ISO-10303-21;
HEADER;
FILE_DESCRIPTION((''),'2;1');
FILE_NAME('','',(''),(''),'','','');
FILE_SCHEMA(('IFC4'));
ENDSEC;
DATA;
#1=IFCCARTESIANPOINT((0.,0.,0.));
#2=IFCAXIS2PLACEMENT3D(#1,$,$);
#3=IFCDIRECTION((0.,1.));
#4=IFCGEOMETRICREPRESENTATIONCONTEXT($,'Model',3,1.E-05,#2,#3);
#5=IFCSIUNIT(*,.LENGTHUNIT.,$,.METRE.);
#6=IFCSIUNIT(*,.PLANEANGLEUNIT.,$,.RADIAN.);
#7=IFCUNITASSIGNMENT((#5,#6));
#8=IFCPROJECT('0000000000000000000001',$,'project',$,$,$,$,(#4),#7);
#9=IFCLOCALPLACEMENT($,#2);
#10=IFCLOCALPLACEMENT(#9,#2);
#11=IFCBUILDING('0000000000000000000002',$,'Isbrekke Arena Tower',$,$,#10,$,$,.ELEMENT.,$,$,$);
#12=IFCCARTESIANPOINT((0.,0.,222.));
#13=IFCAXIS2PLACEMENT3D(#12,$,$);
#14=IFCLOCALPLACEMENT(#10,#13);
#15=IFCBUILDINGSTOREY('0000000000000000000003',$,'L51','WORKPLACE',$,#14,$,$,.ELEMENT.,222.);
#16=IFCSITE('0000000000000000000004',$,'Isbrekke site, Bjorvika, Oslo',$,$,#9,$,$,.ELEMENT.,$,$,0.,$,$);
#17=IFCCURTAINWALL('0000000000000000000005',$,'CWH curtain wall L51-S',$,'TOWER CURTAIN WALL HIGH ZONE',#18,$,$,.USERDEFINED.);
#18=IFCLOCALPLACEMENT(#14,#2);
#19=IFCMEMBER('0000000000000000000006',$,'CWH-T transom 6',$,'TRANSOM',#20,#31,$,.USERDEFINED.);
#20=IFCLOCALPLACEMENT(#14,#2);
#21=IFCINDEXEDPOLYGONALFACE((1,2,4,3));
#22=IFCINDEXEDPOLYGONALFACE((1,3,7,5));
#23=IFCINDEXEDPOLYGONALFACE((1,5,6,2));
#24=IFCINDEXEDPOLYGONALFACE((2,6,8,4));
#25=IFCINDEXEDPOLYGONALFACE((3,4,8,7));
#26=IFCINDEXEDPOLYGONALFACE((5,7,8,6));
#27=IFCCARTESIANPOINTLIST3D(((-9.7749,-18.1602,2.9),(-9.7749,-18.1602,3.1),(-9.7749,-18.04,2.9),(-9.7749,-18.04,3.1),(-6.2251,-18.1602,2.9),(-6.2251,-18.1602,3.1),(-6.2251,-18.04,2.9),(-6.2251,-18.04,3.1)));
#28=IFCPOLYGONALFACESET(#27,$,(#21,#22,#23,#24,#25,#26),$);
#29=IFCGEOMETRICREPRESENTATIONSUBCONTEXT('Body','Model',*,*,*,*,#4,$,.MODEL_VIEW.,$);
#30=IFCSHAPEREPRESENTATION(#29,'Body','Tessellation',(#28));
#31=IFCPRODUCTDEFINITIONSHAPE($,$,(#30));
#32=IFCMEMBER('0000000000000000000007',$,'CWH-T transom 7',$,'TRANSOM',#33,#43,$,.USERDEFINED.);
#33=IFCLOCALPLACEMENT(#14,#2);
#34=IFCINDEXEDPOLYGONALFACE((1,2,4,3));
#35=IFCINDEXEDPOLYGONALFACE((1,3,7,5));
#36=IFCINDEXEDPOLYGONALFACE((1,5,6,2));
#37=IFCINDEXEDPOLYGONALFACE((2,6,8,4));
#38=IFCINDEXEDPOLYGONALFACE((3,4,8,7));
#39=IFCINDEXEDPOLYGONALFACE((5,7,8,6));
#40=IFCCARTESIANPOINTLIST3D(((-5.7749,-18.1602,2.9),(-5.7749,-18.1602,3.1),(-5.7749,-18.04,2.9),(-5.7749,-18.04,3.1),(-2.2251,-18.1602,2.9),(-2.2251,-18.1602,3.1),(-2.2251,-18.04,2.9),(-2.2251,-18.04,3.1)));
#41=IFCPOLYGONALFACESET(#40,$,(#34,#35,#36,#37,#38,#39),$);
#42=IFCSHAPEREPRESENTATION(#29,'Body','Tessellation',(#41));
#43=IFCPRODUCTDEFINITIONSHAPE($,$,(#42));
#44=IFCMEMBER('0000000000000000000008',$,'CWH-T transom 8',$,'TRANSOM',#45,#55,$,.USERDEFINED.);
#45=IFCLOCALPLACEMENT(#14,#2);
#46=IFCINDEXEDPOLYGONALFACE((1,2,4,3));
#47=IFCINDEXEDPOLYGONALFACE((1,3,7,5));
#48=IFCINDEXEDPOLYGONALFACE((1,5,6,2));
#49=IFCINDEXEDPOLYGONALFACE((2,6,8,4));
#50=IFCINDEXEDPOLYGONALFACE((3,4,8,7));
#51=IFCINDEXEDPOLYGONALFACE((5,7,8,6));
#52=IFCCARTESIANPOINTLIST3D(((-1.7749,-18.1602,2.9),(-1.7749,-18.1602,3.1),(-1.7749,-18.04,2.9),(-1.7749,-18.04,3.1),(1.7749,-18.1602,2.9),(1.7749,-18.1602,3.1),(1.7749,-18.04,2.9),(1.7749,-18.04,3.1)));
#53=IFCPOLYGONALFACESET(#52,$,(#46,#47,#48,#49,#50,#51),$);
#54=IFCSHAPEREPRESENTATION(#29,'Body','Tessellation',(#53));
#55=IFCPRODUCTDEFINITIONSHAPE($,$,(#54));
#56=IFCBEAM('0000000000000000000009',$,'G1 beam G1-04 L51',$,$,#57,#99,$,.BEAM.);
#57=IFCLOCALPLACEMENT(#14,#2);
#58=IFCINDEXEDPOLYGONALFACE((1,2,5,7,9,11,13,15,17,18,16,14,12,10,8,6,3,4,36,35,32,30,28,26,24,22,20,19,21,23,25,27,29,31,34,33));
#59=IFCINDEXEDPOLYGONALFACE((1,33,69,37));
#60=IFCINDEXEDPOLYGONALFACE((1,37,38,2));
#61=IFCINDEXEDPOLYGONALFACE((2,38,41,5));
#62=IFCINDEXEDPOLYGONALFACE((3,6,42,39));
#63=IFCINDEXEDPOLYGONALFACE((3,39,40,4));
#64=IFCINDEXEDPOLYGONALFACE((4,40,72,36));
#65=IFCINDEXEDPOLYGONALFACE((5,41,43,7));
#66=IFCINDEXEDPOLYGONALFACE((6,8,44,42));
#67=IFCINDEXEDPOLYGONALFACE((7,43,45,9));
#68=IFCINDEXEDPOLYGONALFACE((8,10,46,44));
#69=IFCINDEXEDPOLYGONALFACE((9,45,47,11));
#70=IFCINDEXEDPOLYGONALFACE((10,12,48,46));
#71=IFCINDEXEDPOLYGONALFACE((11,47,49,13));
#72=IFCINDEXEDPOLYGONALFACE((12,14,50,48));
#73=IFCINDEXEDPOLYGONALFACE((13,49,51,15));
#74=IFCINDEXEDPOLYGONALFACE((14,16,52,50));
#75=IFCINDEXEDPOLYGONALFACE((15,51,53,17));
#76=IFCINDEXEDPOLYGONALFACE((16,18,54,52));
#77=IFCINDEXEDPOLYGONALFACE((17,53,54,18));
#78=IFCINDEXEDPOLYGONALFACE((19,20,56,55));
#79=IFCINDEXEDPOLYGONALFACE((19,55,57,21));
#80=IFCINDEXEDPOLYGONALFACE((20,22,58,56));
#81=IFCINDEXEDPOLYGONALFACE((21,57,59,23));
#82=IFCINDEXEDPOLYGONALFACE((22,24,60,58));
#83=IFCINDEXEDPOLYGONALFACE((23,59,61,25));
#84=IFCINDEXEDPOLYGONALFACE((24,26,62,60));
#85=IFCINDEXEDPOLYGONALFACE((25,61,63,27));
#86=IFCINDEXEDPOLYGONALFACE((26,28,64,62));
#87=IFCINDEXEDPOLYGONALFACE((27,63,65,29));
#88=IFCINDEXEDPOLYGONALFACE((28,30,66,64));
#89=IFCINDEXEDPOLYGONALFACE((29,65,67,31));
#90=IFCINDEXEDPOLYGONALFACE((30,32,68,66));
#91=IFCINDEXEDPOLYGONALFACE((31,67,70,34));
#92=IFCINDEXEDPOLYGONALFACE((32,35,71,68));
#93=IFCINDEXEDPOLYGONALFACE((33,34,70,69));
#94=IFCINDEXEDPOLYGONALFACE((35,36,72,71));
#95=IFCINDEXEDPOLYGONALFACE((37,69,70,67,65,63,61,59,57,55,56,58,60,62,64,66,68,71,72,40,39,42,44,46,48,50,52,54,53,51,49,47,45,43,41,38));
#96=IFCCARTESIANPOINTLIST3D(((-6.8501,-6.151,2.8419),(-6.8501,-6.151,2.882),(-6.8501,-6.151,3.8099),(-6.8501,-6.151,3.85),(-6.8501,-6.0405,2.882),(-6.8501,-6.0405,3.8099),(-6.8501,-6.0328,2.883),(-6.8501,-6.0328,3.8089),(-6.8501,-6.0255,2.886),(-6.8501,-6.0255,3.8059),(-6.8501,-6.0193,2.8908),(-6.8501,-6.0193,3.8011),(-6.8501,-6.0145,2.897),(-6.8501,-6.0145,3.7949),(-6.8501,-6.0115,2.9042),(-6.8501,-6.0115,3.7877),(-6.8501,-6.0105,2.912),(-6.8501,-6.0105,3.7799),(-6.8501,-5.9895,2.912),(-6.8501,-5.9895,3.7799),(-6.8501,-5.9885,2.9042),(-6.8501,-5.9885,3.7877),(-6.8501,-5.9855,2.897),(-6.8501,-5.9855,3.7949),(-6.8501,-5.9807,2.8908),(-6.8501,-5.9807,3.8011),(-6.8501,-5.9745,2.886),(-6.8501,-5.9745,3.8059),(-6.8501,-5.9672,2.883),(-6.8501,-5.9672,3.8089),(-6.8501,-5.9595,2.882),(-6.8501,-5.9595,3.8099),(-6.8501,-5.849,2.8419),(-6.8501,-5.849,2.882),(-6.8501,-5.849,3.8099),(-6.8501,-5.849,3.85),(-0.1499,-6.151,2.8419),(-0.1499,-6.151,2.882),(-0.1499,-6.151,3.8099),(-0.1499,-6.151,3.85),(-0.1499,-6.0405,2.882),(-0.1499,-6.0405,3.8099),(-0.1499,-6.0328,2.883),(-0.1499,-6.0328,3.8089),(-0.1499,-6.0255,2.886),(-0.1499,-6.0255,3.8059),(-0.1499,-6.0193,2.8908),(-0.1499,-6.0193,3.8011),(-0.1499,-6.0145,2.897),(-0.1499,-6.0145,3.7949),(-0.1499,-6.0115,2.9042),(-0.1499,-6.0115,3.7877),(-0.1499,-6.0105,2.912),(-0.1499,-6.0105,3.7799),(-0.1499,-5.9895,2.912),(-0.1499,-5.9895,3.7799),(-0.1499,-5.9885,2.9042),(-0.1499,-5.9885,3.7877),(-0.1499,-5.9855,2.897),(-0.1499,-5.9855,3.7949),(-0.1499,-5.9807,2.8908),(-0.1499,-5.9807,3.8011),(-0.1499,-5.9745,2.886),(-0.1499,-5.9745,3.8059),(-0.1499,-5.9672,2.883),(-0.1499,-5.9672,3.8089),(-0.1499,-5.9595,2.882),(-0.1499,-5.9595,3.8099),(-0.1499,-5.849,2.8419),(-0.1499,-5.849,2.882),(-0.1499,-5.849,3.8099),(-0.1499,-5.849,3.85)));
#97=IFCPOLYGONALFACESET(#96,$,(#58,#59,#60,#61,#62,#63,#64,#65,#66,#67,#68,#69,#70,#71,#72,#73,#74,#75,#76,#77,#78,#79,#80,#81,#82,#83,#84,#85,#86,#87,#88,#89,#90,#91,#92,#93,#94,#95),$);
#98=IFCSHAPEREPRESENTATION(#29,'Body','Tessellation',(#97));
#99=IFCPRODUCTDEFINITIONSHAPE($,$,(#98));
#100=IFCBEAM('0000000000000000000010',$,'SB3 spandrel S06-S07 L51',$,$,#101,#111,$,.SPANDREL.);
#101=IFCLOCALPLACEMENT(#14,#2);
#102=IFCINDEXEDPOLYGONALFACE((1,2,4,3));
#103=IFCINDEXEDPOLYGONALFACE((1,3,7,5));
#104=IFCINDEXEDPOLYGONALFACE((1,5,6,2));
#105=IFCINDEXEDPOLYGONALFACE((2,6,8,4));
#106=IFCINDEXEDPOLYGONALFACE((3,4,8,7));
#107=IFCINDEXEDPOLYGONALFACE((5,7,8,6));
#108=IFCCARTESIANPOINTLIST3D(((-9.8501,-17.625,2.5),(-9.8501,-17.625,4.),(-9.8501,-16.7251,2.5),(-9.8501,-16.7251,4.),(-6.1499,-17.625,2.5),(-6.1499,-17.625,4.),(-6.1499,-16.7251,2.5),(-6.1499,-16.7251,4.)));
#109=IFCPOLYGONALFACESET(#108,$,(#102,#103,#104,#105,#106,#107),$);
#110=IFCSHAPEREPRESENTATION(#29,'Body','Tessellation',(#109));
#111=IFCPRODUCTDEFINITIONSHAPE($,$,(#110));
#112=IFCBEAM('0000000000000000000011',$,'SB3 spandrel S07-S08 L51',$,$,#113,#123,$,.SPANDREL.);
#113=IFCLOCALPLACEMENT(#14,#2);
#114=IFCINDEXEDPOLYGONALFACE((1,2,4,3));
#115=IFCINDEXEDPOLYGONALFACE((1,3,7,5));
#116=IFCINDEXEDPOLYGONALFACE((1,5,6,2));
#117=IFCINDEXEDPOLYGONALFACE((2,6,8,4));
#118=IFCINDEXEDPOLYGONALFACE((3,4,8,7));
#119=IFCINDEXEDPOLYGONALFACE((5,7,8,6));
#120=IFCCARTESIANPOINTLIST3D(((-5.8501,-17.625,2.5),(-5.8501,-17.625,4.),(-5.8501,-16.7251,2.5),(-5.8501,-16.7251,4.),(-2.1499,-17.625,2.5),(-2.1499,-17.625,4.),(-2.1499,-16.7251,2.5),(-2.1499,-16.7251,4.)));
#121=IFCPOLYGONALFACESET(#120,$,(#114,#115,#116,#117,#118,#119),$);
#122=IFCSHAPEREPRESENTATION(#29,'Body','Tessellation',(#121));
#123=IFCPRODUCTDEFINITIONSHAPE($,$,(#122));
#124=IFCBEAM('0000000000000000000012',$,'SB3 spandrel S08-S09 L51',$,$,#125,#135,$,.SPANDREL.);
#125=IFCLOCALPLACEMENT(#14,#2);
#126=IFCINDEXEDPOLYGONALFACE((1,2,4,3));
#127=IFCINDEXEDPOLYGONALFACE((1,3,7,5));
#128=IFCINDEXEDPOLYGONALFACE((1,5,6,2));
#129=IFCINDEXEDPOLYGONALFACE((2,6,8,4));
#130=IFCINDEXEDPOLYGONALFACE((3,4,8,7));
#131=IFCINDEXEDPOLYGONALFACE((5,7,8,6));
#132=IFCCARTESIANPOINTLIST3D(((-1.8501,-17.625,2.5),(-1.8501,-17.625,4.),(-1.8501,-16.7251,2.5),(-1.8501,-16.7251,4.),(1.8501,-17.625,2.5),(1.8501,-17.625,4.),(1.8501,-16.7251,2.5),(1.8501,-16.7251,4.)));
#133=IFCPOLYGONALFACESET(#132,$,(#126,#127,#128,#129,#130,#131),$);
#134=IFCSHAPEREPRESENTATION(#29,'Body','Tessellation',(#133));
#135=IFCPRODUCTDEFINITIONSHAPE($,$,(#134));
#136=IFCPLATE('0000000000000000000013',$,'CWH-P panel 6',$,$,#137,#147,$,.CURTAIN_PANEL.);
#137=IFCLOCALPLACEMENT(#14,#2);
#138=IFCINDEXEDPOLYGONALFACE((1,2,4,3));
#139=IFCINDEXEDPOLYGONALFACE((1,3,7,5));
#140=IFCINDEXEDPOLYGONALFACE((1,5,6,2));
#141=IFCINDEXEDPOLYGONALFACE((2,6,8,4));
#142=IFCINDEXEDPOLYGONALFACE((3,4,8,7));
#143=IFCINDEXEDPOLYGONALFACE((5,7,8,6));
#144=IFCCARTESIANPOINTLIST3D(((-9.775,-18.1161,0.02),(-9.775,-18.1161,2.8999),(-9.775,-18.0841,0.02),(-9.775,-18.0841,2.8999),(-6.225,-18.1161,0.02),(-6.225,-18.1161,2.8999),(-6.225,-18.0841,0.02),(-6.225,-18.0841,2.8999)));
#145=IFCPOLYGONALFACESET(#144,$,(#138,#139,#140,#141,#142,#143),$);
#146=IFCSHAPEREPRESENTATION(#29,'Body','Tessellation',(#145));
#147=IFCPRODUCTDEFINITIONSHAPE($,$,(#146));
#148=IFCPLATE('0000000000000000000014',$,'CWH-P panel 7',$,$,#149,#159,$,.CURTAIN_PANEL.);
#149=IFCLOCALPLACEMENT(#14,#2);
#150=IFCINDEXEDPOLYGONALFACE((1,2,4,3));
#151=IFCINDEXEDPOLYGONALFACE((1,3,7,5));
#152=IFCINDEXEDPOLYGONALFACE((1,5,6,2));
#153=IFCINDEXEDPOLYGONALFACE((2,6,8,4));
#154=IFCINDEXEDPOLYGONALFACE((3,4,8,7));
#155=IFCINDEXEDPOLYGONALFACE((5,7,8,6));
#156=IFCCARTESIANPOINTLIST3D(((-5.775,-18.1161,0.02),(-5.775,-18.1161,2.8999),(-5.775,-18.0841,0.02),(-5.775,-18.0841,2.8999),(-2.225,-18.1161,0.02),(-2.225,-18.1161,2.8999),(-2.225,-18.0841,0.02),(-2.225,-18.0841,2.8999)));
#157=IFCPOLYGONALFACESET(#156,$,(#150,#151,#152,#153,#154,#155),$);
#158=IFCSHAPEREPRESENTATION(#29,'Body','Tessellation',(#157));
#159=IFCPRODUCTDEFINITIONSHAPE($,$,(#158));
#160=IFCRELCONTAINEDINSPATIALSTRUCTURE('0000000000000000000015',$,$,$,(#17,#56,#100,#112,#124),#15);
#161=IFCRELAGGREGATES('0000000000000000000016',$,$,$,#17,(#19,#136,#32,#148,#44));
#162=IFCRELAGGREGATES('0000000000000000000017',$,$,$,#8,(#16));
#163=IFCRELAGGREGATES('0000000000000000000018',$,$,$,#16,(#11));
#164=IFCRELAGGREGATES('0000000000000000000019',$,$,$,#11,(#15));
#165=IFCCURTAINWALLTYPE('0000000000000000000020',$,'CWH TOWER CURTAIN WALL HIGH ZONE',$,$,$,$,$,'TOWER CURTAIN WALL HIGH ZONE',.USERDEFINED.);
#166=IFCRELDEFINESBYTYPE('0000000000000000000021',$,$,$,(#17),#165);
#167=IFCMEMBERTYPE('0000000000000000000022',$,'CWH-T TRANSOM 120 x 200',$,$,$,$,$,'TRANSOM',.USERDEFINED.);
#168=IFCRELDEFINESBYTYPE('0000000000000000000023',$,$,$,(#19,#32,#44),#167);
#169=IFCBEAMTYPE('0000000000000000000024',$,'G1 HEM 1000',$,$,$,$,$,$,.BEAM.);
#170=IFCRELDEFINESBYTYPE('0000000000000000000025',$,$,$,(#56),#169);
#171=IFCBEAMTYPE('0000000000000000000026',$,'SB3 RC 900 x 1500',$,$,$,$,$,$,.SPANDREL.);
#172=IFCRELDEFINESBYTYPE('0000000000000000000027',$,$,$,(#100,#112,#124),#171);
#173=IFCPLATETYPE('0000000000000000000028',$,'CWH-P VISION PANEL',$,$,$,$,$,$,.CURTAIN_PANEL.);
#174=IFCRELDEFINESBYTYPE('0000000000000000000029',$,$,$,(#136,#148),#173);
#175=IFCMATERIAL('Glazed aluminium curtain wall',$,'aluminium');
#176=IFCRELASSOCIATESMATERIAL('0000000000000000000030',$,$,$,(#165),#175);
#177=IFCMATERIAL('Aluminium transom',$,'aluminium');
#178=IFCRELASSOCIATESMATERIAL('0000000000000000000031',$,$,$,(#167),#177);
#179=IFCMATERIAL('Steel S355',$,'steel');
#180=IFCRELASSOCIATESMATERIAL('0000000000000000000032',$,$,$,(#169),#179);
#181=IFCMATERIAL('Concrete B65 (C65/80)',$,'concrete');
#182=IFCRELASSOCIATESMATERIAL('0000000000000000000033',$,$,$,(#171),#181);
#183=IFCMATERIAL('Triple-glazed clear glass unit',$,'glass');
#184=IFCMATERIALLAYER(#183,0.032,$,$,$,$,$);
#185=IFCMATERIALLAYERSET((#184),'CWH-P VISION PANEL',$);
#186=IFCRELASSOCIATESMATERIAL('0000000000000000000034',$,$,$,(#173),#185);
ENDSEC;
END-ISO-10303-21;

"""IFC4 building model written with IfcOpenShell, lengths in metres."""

from ifc_helpers import new_model, si_unit, direction, frame, origin, origin_2d, place, context, subcontext, project, spatial, rectangle, i_section, extrude, material, layer, layer_set, material_profile, profile_set, type_object, element, aggregate, save


model = new_model("IFC4")

# Units and contexts
model_context = context("Model", 3, precision=1e-05, world=origin(), true_north=direction((0.0, 1.0)))
body_context = subcontext(model_context, "Body", "Model", "MODEL_VIEW")
ifc_project = project(units=[si_unit("LENGTHUNIT", "METRE"), si_unit("PLANEANGLEUNIT", "RADIAN")], contexts=[model_context])

# Site, building, storey
site_placement = place(None, origin())
site = spatial("IfcSite", under=ifc_project, at=site_placement, Name="Isbrekke site, Bjorvika, Oslo", CompositionType="ELEMENT", RefElevation=0.0)
building_placement = place(site_placement, origin())
building = spatial("IfcBuilding", under=site, at=building_placement, Name="Isbrekke Arena Tower", CompositionType="ELEMENT")
storey_placement = place(building_placement, frame((0.0, 0.0, 222.0)))
storey = spatial("IfcBuildingStorey", under=building, at=storey_placement, Name="L51", Description="WORKPLACE", CompositionType="ELEMENT", Elevation=222.0)

# Curtain wall, members
ifc_material_1 = material(Name="Glazed aluminium curtain wall", Category="aluminium")
curtain_wall_type = type_object("IfcCurtainWallType", Name="CWH TOWER CURTAIN WALL HIGH ZONE", ElementType="TOWER CURTAIN WALL HIGH ZONE", PredefinedType="USERDEFINED", material=ifc_material_1)
curtain_wall_placement = place(storey_placement, origin())
curtain_wall = element("IfcCurtainWall", 1, at=curtain_wall_placement, inside=storey, type_object=curtain_wall_type, Name="CWH curtain wall L51-S", ObjectType="TOWER CURTAIN WALL HIGH ZONE", PredefinedType="USERDEFINED")
ifc_material_2 = material(Name="Aluminium transom", Category="aluminium")
ifc_material_profile_1 = material_profile(ifc_material_2, rectangle(XDim=0.1201, YDim=0.2, at=origin_2d()), Name="TRANSOM 120X200")
ifc_profile_set_1 = profile_set([ifc_material_profile_1], Name="Aluminium transom")
member_type_1 = type_object("IfcMemberType", Name="CWH-T TRANSOM 120 x 200", ElementType="TRANSOM", PredefinedType="USERDEFINED", material=ifc_profile_set_1)
member_1_placement = place(storey_placement, frame((-9.7749, -18.1001, 3.0), z_axis=(1.0, 0.0, 0.0), x_axis=(0.0, 1.0, 0.0)))
member_1 = element("IfcMember", 2, at=member_1_placement, type_object=member_type_1, Name="CWH-T transom 6", ObjectType="TRANSOM", PredefinedType="USERDEFINED", context=body_context, shape_type="SweptSolid", body=[
    extrude(rectangle(XDim=0.1201, YDim=0.2, at=origin_2d()), origin(), (0.0, 0.0, 1.0), 3.5498),
])
member_2_placement = place(storey_placement, frame((-5.7749, -18.1001, 3.0), z_axis=(1.0, 0.0, 0.0), x_axis=(0.0, 1.0, 0.0)))
member_2 = element("IfcMember", 3, at=member_2_placement, type_object=member_type_1, Name="CWH-T transom 7", ObjectType="TRANSOM", PredefinedType="USERDEFINED", context=body_context, shape_type="SweptSolid", body=[
    extrude(rectangle(XDim=0.1201, YDim=0.2, at=origin_2d()), origin(), (0.0, 0.0, 1.0), 3.5498),
])
member_3_placement = place(storey_placement, frame((-1.7749, -18.1001, 3.0), z_axis=(1.0, 0.0, 0.0), x_axis=(0.0, 1.0, 0.0)))
member_3 = element("IfcMember", 4, at=member_3_placement, type_object=member_type_1, Name="CWH-T transom 8", ObjectType="TRANSOM", PredefinedType="USERDEFINED", context=body_context, shape_type="SweptSolid", body=[
    extrude(rectangle(XDim=0.1201, YDim=0.2, at=origin_2d()), origin(), (0.0, 0.0, 1.0), 3.5498),
])

# Beams
ifc_material_3 = material(Name="Steel S355", Category="steel")
ifc_material_profile_2 = material_profile(ifc_material_3, i_section(OverallWidth=0.302, OverallDepth=1.0081, WebThickness=0.021, FlangeThickness=0.04, FilletRadius=0.03, at=origin_2d()), Name="HEM 1000")
ifc_profile_set_2 = profile_set([ifc_material_profile_2], Name="Steel S355")
beam_type_1 = type_object("IfcBeamType", Name="G1 HEM 1000", PredefinedType="BEAM", material=ifc_profile_set_2)
beam_1_placement = place(storey_placement, frame((-6.8501, -6.0, 3.3459), z_axis=(1.0, 0.0, 0.0), x_axis=(0.0, 1.0, 0.0)))
element("IfcBeam", 5, at=beam_1_placement, inside=storey, type_object=beam_type_1, Name="G1 beam G1-04 L51", PredefinedType="BEAM", context=body_context, shape_type="SweptSolid", body=[
    extrude(i_section(OverallWidth=0.302, OverallDepth=1.0081, WebThickness=0.021, FlangeThickness=0.04, FilletRadius=0.03, at=origin_2d()), origin(), (0.0, 0.0, 1.0), 6.7002),
])
ifc_material_4 = material(Name="Concrete B65 (C65/80)", Category="concrete")
ifc_material_profile_3 = material_profile(ifc_material_4, rectangle(XDim=0.8999, YDim=1.5, at=origin_2d()), Name="RC 900x1500")
ifc_profile_set_3 = profile_set([ifc_material_profile_3], Name="Concrete B65 (C65/80)")
beam_type_2 = type_object("IfcBeamType", Name="SB3 RC 900 x 1500", PredefinedType="SPANDREL", material=ifc_profile_set_3)
for number, where, z_axis, x_axis, name in (
    (6, (-9.8501, -17.175, 3.25), (1.0, 0.0, 0.0), (0.0, 1.0, 0.0), "SB3 spandrel S06-S07 L51"),
    (7, (-5.8501, -17.175, 3.25), (1.0, 0.0, 0.0), (0.0, 1.0, 0.0), "SB3 spandrel S07-S08 L51"),
    (8, (-1.8501, -17.175, 3.25), (1.0, 0.0, 0.0), (0.0, 1.0, 0.0), "SB3 spandrel S08-S09 L51"),
):
    element("IfcBeam", number, at=place(storey_placement, frame(where, z_axis=z_axis, x_axis=x_axis)), inside=storey, type_object=beam_type_2, Name=name, PredefinedType="SPANDREL", context=body_context, shape_type="SweptSolid", body=[
        extrude(rectangle(XDim=0.8999, YDim=1.5, at=origin_2d()), origin(), (0.0, 0.0, 1.0), 3.7002),
    ])

# Plates
ifc_material_5 = material(Name="Triple-glazed clear glass unit", Category="glass")
ifc_layer_1 = layer(ifc_material_5, 0.032)
ifc_layer_set_1 = layer_set([ifc_layer_1], Name="CWH-P VISION PANEL")
plate_type = type_object("IfcPlateType", Name="CWH-P VISION PANEL", PredefinedType="CURTAIN_PANEL", material=ifc_layer_set_1)
plate_1_placement = place(storey_placement, frame((-8.0, -18.1001, 0.02), z_axis=(0.0, 0.0, 1.0), x_axis=(1.0, 0.0, 0.0)))
plate_1 = element("IfcPlate", 9, at=plate_1_placement, type_object=plate_type, Name="CWH-P panel 6", PredefinedType="CURTAIN_PANEL", context=body_context, shape_type="SweptSolid", body=[
    extrude(rectangle(XDim=3.55, YDim=0.032, at=origin_2d()), origin(), (0.0, 0.0, 1.0), 2.8799),
])
plate_2_placement = place(storey_placement, frame((-4.0, -18.1001, 0.02), z_axis=(0.0, 0.0, 1.0), x_axis=(1.0, 0.0, 0.0)))
plate_2 = element("IfcPlate", 10, at=plate_2_placement, type_object=plate_type, Name="CWH-P panel 7", PredefinedType="CURTAIN_PANEL", context=body_context, shape_type="SweptSolid", body=[
    extrude(rectangle(XDim=3.55, YDim=0.032, at=origin_2d()), origin(), (0.0, 0.0, 1.0), 2.8799),
])
aggregate(curtain_wall, [member_1, plate_1, member_2, plate_2, member_3])

save(model, "model.ifc")
